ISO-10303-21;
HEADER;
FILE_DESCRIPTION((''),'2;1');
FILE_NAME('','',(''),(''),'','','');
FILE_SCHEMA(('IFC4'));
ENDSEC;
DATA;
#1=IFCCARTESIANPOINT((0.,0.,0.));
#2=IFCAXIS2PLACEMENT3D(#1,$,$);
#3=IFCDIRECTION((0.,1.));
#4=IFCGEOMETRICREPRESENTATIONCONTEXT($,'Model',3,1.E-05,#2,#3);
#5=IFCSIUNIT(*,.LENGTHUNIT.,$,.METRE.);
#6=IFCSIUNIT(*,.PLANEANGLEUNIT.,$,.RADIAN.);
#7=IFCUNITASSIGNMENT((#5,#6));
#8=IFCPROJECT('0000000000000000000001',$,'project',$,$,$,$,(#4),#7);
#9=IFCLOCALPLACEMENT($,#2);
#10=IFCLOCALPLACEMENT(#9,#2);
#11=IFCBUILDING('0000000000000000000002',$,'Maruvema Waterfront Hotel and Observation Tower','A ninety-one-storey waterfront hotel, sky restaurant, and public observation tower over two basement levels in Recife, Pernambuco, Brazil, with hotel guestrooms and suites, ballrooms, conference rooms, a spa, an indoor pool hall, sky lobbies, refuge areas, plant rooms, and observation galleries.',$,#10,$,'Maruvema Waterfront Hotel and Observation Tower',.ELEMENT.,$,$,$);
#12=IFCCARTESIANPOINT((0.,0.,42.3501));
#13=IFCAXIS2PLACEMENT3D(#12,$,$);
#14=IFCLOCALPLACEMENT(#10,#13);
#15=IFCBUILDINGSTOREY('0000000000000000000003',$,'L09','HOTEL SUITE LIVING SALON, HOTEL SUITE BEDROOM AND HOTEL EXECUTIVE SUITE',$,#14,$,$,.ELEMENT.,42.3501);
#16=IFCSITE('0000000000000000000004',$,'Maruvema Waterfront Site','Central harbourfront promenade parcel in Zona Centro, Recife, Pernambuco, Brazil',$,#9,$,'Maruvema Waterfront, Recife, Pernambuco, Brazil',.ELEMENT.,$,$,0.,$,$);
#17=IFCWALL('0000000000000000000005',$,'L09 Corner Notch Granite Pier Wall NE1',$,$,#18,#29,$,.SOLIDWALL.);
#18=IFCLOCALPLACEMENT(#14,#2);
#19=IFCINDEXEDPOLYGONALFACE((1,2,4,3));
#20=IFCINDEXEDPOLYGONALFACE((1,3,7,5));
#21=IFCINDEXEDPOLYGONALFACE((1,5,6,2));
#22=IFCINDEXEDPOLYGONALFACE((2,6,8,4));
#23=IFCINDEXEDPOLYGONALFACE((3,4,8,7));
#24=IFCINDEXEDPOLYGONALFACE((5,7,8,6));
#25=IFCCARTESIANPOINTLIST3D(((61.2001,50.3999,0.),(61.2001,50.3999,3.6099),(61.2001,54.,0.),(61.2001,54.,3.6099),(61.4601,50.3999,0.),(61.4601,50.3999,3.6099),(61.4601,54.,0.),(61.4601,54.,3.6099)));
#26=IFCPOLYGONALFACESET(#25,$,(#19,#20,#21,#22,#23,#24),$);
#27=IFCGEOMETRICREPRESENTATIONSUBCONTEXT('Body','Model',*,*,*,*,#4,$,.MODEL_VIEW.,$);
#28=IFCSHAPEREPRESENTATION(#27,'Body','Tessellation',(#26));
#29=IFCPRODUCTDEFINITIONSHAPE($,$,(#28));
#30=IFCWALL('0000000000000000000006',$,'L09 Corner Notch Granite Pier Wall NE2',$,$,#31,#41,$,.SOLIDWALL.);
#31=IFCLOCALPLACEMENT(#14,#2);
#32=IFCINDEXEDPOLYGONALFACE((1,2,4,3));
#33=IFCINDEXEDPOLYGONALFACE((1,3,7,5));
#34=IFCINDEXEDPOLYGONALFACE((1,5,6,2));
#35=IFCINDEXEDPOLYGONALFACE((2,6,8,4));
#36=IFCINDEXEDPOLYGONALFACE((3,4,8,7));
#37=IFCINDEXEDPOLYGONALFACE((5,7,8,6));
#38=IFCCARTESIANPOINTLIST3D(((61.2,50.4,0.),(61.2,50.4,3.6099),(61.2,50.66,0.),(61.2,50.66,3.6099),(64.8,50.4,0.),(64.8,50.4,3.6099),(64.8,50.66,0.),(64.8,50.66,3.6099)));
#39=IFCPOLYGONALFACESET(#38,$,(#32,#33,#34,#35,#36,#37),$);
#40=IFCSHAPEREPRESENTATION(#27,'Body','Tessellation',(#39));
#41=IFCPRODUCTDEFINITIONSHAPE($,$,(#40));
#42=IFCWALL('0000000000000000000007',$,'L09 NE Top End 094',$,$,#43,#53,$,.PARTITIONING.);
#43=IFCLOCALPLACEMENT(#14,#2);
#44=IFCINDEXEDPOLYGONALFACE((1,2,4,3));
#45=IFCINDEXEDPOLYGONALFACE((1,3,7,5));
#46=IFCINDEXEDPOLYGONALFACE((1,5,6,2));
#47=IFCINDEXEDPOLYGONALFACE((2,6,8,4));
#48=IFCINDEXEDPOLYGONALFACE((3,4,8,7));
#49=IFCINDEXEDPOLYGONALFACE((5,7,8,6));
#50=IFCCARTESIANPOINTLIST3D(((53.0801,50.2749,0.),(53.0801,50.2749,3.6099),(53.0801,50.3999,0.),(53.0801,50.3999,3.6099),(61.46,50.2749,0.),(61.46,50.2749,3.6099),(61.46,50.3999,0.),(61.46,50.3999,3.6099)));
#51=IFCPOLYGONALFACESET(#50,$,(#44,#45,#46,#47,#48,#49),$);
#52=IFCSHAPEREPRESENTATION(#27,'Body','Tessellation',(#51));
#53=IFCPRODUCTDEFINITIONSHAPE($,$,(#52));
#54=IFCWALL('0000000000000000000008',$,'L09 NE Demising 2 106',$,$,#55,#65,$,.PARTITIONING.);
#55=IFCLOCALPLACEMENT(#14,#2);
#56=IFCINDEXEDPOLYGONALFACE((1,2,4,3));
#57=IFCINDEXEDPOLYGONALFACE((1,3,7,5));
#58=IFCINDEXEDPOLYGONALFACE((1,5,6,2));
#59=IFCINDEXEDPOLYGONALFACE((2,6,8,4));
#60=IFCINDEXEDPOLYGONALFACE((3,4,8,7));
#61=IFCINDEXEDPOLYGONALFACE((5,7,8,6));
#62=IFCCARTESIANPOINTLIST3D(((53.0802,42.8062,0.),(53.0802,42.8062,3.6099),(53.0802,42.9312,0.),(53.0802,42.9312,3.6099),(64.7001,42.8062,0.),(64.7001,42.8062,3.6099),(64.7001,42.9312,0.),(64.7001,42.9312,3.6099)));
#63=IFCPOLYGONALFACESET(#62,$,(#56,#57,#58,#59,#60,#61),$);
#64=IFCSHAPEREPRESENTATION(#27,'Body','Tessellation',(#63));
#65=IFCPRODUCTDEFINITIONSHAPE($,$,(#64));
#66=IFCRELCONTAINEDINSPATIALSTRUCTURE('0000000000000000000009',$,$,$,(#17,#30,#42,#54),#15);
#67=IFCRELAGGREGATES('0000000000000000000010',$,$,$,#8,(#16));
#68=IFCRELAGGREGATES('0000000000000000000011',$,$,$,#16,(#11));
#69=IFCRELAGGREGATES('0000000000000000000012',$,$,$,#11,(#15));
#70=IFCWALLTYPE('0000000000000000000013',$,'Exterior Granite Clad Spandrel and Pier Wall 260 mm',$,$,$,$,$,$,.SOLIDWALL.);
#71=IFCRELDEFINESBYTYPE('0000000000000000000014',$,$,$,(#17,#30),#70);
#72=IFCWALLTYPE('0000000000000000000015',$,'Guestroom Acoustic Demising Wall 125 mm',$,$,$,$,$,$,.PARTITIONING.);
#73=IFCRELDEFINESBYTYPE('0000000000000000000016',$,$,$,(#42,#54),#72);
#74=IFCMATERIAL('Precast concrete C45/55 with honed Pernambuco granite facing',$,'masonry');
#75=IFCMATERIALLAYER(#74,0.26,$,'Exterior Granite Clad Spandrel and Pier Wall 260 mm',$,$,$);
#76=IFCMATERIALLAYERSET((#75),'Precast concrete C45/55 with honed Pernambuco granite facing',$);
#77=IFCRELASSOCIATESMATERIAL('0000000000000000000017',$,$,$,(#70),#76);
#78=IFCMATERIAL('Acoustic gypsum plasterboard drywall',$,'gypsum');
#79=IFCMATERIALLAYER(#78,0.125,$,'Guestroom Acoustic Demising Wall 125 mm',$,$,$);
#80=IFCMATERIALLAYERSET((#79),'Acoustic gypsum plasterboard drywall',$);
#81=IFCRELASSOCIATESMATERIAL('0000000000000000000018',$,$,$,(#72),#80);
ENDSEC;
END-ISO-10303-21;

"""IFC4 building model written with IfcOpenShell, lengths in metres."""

from ifc_helpers import new_model, si_unit, direction, frame, frame_2d, origin, place, context, subcontext, project, spatial, rectangle, extrude, material, layer, layer_set, type_object, element, save


model = new_model("IFC4")

# Units and contexts
model_context = context("Model", 3, precision=1e-05, world=origin(), true_north=direction((0.0, 1.0)))
body_context = subcontext(model_context, "Body", "Model", "MODEL_VIEW")
ifc_project = project(units=[si_unit("LENGTHUNIT", "METRE"), si_unit("PLANEANGLEUNIT", "RADIAN")], contexts=[model_context])

# Site, building, storey
site_placement = place(None, origin())
site = spatial("IfcSite", under=ifc_project, at=site_placement, Name="Maruvema Waterfront Site", Description="Central harbourfront promenade parcel in Zona Centro, Recife, Pernambuco, Brazil", LongName="Maruvema Waterfront, Recife, Pernambuco, Brazil", CompositionType="ELEMENT", RefElevation=0.0)
building_placement = place(site_placement, origin())
building = spatial("IfcBuilding", under=site, at=building_placement, Name="Maruvema Waterfront Hotel and Observation Tower", Description="A ninety-one-storey waterfront hotel, sky restaurant, and public observation tower over two basement levels in Recife, Pernambuco, Brazil, with hotel guestrooms and suites, ballrooms, conference rooms, a spa, an indoor pool hall, sky lobbies, refuge areas, plant rooms, and observation galleries.", LongName="Maruvema Waterfront Hotel and Observation Tower", CompositionType="ELEMENT")
storey_placement = place(building_placement, frame((0.0, 0.0, 42.3501)))
storey = spatial("IfcBuildingStorey", under=building, at=storey_placement, Name="L09", Description="HOTEL SUITE LIVING SALON, HOTEL SUITE BEDROOM AND HOTEL EXECUTIVE SUITE", CompositionType="ELEMENT", Elevation=42.3501)

# Walls
ifc_material_1 = material(Name="Precast concrete C45/55 with honed Pernambuco granite facing", Category="masonry")
ifc_layer_1 = layer(ifc_material_1, 0.26, Name="Exterior Granite Clad Spandrel and Pier Wall 260 mm")
ifc_layer_set_1 = layer_set([ifc_layer_1], Name="Precast concrete C45/55 with honed Pernambuco granite facing")
wall_type_1 = type_object("IfcWallType", Name="Exterior Granite Clad Spandrel and Pier Wall 260 mm", PredefinedType="SOLIDWALL", material=ifc_layer_set_1)
for number, where, z_axis, x_axis, name in (
    (1, (61.3301, 54.0, 0.0), (0.0, 0.0, 1.0), (0.0, -1.0, 0.0), "L09 Corner Notch Granite Pier Wall NE1"),
    (2, (61.2, 50.53, 0.0), (0.0, 0.0, 1.0), (1.0, 0.0, 0.0), "L09 Corner Notch Granite Pier Wall NE2"),
):
    element("IfcWall", number, at=place(storey_placement, frame(where, z_axis=z_axis, x_axis=x_axis)), inside=storey, type_object=wall_type_1, Name=name, PredefinedType="SOLIDWALL", context=body_context, shape_type="SweptSolid", body=[
        extrude(rectangle(XDim=3.6001, YDim=0.26, at=frame_2d((1.8, 0.0))), origin(), (0.0, 0.0, 1.0), 3.6099),
    ])
ifc_material_2 = material(Name="Acoustic gypsum plasterboard drywall", Category="gypsum")
ifc_layer_2 = layer(ifc_material_2, 0.125, Name="Guestroom Acoustic Demising Wall 125 mm")
ifc_layer_set_2 = layer_set([ifc_layer_2], Name="Acoustic gypsum plasterboard drywall")
wall_type_2 = type_object("IfcWallType", Name="Guestroom Acoustic Demising Wall 125 mm", PredefinedType="PARTITIONING", material=ifc_layer_set_2)
wall_1_placement = place(storey_placement, frame((53.0801, 50.3374, 0.0), z_axis=(0.0, 0.0, 1.0), x_axis=(1.0, 0.0, 0.0)))
element("IfcWall", 3, at=wall_1_placement, inside=storey, type_object=wall_type_2, Name="L09 NE Top End 094", PredefinedType="PARTITIONING", context=body_context, shape_type="SweptSolid", body=[
    extrude(rectangle(XDim=8.3799, YDim=0.125, at=frame_2d((4.1899, 0.0))), origin(), (0.0, 0.0, 1.0), 3.6099),
])
wall_2_placement = place(storey_placement, frame((53.0801, 42.8687, 0.0), z_axis=(0.0, 0.0, 1.0), x_axis=(1.0, 0.0, 0.0)))
element("IfcWall", 4, at=wall_2_placement, inside=storey, type_object=wall_type_2, Name="L09 NE Demising 2 106", PredefinedType="PARTITIONING", context=body_context, shape_type="SweptSolid", body=[
    extrude(rectangle(XDim=11.6199, YDim=0.125, at=frame_2d((5.8101, 0.0))), origin(), (0.0, 0.0, 1.0), 3.6099),
])

save(model, "model.ifc")
